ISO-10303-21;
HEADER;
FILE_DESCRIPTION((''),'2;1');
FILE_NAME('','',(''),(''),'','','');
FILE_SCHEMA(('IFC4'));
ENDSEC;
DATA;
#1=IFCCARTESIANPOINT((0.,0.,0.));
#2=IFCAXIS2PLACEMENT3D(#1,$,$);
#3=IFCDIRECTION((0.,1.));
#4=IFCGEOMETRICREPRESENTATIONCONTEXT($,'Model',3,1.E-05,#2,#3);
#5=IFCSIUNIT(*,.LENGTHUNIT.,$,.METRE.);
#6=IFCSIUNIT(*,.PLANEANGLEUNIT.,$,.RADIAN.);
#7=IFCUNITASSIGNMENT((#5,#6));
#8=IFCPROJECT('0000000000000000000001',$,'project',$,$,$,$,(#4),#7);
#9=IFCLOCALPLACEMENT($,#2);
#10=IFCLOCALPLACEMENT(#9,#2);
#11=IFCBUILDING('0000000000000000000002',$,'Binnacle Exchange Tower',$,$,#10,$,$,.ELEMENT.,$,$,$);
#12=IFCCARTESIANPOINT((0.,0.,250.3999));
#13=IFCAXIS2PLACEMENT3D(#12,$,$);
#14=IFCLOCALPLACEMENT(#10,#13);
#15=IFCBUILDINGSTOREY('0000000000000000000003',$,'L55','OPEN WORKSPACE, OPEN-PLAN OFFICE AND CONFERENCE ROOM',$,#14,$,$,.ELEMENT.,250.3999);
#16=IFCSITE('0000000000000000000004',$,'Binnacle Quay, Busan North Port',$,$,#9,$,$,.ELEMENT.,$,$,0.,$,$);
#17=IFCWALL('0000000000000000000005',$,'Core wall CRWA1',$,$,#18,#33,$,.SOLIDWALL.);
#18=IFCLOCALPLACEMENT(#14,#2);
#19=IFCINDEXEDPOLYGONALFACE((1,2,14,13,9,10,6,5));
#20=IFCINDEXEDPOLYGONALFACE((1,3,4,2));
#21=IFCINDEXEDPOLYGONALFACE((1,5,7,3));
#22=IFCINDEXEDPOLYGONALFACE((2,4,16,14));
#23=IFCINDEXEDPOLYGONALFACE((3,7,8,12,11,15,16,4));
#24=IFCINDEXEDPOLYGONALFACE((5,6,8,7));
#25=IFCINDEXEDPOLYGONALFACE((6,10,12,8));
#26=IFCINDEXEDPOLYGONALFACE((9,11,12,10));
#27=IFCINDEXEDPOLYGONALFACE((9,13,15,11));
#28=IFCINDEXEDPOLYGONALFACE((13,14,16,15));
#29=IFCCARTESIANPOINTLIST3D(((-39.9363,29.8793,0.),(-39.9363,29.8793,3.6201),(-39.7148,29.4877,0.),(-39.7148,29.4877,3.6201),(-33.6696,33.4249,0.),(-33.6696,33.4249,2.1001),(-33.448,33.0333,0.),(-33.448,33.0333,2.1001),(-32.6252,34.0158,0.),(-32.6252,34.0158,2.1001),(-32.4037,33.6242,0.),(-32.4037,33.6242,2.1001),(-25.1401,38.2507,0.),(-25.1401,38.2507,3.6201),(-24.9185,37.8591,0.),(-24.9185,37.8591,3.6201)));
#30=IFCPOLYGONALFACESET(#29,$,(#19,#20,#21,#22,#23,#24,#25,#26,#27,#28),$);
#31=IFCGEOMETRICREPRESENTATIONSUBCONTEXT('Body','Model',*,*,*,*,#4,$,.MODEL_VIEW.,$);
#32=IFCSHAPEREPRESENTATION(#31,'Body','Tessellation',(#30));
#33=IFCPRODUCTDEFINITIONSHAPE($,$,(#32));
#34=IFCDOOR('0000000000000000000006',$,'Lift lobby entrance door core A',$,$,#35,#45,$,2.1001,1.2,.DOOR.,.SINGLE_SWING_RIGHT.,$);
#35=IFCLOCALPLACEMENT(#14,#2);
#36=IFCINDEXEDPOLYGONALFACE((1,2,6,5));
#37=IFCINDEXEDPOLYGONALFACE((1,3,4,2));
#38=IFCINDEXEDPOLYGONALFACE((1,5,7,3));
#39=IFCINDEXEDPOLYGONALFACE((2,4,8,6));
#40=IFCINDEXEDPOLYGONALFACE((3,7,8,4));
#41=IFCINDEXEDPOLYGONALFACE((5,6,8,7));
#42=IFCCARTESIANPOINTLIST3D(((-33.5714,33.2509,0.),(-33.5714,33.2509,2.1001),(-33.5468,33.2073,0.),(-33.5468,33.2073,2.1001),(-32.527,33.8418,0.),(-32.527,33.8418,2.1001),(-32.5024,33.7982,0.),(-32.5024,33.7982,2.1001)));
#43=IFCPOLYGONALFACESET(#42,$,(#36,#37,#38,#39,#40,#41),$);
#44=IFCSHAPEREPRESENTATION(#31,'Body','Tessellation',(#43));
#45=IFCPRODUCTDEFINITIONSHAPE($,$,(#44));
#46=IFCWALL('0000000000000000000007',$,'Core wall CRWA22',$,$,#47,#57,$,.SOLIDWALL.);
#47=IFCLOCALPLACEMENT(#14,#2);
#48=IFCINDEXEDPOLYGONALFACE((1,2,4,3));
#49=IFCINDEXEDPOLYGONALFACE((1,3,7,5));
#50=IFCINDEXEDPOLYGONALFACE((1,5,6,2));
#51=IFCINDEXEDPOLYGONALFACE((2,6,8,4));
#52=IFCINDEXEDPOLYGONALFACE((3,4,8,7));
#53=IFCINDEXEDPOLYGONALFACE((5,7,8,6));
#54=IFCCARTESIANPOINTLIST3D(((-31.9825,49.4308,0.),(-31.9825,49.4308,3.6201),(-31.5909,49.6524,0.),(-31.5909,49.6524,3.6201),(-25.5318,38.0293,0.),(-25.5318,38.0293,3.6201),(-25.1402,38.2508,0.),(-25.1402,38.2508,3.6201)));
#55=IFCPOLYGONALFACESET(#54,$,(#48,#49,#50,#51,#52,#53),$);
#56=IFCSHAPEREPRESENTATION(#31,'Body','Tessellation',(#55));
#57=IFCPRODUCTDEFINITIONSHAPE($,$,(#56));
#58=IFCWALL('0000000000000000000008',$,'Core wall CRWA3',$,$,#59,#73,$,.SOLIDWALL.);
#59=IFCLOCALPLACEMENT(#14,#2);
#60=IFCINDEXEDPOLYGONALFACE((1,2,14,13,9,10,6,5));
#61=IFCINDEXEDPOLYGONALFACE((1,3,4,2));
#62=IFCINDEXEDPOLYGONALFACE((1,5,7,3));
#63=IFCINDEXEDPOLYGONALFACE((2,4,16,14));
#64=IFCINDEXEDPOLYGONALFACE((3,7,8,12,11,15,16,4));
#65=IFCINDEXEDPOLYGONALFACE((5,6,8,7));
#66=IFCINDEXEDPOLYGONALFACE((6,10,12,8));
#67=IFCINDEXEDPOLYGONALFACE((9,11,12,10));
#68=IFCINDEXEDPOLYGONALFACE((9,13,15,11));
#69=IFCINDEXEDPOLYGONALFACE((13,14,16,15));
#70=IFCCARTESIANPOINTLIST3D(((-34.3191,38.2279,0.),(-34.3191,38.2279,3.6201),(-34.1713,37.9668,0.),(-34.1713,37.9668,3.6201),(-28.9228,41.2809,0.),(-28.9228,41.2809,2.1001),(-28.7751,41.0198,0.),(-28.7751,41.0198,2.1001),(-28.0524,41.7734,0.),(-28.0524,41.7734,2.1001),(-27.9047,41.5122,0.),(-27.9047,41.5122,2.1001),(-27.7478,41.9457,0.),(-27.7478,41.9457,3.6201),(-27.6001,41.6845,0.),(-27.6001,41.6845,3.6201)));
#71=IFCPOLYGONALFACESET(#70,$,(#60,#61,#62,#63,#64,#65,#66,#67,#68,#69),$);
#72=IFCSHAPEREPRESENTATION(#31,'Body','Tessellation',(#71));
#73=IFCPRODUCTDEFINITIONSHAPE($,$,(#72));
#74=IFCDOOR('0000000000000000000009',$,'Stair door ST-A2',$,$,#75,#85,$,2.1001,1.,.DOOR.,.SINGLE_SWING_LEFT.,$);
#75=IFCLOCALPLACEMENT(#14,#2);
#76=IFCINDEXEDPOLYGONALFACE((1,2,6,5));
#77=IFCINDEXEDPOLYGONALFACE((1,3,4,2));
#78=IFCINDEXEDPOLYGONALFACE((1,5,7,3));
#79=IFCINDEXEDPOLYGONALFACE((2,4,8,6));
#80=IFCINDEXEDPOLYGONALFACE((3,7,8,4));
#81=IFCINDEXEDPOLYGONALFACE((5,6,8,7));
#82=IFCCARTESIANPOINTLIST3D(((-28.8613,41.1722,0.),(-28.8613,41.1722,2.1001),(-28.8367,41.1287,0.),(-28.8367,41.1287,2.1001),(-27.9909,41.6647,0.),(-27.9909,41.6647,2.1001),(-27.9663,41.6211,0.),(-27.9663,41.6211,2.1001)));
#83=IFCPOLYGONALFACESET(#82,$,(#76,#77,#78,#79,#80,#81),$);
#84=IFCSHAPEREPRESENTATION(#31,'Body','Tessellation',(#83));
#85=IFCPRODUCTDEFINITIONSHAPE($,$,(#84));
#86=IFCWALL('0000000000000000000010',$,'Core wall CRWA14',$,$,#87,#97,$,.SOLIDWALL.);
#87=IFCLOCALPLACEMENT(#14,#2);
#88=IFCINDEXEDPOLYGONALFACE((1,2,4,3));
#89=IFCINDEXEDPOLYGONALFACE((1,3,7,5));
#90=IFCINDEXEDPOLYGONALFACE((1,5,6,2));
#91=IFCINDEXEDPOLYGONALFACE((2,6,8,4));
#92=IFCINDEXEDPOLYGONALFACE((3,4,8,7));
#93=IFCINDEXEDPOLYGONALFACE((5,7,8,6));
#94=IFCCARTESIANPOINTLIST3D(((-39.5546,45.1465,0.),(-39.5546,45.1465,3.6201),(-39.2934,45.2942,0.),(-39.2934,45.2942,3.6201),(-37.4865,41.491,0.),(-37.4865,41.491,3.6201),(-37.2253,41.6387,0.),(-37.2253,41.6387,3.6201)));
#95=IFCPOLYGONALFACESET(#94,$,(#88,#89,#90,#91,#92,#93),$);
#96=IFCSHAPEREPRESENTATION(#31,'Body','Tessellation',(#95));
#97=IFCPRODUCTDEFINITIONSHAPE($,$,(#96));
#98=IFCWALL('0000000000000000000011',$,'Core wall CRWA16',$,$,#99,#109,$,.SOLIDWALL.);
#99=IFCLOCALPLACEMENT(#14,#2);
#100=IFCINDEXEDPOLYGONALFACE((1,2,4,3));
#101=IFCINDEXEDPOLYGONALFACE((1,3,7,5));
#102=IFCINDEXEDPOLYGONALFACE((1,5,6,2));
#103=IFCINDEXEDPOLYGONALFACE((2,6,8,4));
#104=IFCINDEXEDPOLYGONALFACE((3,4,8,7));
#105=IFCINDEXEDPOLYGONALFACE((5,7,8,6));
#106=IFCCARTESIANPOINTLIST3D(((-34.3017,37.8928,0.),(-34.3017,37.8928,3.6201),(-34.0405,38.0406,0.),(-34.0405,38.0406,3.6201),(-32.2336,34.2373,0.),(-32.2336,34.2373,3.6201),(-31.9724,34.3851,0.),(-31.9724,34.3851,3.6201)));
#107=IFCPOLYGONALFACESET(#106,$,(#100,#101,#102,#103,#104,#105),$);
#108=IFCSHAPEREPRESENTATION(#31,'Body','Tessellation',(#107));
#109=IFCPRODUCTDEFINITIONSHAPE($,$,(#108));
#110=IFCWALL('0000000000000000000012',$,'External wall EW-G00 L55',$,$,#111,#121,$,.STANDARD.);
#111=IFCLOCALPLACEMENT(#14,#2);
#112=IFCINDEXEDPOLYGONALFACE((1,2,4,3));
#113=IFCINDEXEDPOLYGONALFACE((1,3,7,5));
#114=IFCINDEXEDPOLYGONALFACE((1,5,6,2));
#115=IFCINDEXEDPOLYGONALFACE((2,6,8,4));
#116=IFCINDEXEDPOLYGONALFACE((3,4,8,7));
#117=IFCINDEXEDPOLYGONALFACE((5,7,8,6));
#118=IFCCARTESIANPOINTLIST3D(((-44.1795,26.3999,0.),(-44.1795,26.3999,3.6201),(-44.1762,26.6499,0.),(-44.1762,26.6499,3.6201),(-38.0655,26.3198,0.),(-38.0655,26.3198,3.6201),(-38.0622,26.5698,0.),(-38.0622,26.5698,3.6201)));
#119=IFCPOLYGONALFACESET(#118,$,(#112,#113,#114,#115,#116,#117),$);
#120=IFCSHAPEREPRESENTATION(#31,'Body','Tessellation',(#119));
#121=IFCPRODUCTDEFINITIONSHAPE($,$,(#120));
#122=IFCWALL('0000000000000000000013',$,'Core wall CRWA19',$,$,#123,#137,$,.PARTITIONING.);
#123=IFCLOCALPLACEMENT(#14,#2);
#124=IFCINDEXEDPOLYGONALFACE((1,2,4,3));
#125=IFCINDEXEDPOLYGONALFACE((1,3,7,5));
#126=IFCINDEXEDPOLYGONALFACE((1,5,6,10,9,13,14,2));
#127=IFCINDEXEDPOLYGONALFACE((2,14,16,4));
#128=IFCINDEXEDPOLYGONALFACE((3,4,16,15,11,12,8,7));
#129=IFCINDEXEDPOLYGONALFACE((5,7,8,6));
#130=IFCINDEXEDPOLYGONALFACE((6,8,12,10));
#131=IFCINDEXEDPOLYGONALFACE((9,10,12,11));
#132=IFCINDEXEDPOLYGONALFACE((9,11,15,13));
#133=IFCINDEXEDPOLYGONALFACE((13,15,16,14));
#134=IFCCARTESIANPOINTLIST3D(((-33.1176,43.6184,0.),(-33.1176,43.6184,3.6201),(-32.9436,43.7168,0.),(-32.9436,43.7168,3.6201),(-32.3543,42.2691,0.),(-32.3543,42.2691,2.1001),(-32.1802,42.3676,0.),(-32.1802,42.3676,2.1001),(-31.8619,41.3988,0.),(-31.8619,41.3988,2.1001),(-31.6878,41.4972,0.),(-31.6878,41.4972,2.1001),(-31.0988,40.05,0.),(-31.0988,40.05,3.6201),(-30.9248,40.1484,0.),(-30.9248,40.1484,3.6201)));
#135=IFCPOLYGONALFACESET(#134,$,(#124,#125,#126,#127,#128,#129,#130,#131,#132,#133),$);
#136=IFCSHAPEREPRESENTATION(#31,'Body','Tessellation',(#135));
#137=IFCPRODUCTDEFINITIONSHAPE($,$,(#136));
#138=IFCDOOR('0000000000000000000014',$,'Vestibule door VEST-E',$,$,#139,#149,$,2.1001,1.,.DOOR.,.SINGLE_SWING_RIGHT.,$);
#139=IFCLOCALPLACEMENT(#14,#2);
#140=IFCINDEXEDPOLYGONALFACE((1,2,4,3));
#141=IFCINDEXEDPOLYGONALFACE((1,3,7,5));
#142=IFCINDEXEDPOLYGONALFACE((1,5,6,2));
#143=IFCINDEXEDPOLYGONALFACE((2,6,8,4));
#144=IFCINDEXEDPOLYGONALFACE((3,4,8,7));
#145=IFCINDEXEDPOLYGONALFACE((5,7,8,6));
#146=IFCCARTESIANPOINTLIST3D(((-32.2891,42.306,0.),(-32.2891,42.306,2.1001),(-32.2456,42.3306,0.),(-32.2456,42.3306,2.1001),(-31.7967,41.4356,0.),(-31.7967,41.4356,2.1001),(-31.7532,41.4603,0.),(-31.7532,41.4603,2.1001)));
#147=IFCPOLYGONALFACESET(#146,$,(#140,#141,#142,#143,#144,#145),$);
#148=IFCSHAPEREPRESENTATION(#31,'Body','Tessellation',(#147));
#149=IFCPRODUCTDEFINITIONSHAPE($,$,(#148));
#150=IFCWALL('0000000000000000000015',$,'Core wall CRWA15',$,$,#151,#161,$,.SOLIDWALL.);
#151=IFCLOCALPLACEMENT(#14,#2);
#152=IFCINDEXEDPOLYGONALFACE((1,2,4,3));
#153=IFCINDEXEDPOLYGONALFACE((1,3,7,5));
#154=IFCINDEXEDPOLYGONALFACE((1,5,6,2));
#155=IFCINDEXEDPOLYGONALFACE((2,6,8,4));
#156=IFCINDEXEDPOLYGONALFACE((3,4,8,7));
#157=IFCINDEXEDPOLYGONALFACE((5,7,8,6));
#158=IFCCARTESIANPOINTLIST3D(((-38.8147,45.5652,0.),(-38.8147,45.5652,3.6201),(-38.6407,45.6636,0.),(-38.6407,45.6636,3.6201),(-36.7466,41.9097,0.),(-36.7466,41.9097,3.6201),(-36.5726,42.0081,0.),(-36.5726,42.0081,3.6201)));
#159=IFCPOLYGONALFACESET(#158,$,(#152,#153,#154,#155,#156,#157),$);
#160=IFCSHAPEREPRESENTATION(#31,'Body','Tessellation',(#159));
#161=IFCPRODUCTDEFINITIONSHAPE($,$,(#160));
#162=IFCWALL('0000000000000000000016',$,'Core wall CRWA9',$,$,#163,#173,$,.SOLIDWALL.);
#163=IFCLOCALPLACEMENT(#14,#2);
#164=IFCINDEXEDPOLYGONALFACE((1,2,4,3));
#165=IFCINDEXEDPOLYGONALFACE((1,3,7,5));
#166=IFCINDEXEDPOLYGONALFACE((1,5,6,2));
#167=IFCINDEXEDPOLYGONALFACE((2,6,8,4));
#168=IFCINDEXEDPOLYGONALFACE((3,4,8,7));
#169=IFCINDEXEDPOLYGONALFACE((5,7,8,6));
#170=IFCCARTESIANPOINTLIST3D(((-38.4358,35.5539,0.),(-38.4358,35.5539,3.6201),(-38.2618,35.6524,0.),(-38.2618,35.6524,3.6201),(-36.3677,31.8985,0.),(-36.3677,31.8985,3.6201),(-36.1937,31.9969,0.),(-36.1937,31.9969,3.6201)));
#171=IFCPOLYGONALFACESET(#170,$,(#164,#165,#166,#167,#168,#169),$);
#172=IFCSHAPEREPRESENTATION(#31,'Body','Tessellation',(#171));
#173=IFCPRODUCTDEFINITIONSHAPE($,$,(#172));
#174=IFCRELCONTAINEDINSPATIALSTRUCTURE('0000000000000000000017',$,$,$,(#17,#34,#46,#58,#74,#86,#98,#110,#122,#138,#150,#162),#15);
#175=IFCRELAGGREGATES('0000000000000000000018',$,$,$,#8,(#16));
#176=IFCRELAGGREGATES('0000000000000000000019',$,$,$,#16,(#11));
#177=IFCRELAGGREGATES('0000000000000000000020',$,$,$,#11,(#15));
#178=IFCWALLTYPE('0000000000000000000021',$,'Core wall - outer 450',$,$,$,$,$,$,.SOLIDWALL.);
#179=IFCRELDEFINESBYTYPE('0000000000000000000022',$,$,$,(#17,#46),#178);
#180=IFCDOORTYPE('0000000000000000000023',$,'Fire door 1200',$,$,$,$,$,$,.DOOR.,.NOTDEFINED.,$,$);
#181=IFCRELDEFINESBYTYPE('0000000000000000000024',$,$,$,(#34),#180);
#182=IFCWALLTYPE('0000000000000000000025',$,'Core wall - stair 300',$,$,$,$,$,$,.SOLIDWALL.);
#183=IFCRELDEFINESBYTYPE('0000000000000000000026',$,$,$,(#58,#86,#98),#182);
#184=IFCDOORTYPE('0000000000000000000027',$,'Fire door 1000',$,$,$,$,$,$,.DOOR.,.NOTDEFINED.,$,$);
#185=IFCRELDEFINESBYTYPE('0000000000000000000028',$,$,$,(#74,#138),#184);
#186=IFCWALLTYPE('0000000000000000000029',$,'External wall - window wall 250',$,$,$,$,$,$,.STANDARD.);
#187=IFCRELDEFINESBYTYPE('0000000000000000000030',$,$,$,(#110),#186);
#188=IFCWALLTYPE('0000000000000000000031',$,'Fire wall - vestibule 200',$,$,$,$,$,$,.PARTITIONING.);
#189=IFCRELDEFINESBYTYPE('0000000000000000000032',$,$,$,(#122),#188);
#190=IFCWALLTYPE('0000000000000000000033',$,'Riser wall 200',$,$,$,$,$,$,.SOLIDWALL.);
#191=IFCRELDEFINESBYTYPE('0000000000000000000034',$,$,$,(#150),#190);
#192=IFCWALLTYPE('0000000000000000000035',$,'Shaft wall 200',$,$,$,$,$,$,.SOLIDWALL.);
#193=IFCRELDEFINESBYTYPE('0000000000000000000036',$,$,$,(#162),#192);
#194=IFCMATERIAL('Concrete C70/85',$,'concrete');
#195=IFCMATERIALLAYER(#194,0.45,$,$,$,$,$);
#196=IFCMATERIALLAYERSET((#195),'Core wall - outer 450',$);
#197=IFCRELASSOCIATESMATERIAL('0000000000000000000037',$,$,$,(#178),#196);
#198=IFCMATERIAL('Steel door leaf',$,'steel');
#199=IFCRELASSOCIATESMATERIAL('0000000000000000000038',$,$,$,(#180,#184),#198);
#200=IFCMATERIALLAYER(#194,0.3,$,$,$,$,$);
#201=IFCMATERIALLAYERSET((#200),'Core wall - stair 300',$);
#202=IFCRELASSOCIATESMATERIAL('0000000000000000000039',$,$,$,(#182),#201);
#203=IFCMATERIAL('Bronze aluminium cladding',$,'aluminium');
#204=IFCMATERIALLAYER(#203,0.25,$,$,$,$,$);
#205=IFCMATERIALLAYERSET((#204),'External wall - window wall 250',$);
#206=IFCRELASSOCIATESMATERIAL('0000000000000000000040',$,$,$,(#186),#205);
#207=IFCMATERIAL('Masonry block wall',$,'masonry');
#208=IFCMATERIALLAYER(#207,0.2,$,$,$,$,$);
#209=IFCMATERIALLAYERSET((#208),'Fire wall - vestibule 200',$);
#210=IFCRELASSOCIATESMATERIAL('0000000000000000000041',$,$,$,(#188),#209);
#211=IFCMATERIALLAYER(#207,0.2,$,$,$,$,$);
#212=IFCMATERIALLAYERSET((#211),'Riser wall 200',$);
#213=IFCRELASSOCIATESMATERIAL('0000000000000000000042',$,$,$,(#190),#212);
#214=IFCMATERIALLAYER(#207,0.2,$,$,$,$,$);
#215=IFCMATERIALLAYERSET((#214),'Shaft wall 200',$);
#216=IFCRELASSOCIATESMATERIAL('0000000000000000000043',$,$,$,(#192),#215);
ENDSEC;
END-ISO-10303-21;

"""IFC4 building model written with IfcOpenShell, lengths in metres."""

from ifc_helpers import new_model, si_unit, direction, frame, frame_2d, origin, place, context, subcontext, project, spatial, rectangle, extrude, material, layer, layer_set, type_object, element, fill, save


model = new_model("IFC4")

# Units and contexts
model_context = context("Model", 3, precision=1e-05, world=origin(), true_north=direction((0.0, 1.0)))
body_context = subcontext(model_context, "Body", "Model", "MODEL_VIEW")
ifc_project = project(units=[si_unit("LENGTHUNIT", "METRE"), si_unit("PLANEANGLEUNIT", "RADIAN")], contexts=[model_context])

# Site, building, storey
site_placement = place(None, origin())
site = spatial("IfcSite", under=ifc_project, at=site_placement, Name="Binnacle Quay, Busan North Port", CompositionType="ELEMENT", RefElevation=0.0)
building_placement = place(site_placement, origin())
building = spatial("IfcBuilding", under=site, at=building_placement, Name="Binnacle Exchange Tower", CompositionType="ELEMENT")
storey_placement = place(building_placement, frame((0.0, 0.0, 250.3999)))
storey = spatial("IfcBuildingStorey", under=building, at=storey_placement, Name="L55", Description="OPEN WORKSPACE, OPEN-PLAN OFFICE AND CONFERENCE ROOM", CompositionType="ELEMENT", Elevation=250.3999)

# Shared definitions
ifc_material_1 = material(Name="Concrete C70/85", Category="concrete")
ifc_material_2 = material(Name="Steel door leaf", Category="steel")

# Wall, opening, door
ifc_layer_1 = layer(ifc_material_1, 0.45)
ifc_layer_set_1 = layer_set([ifc_layer_1], Name="Core wall - outer 450")
wall_type_1 = type_object("IfcWallType", Name="Core wall - outer 450", PredefinedType="SOLIDWALL", material=ifc_layer_set_1)
wall_1_placement = place(storey_placement, frame((-39.8254, 29.6836, 0.0), z_axis=(0.0, 0.0, 1.0), x_axis=(0.870354, 0.492427, 0.0)))
wall_1 = element("IfcWall", 1, at=wall_1_placement, inside=storey, type_object=wall_type_1, Name="Core wall CRWA1", PredefinedType="SOLIDWALL", context=body_context, shape_type="SweptSolid", body=[
    extrude(rectangle(XDim=17.0002, YDim=0.45, at=frame_2d((8.5, 0.0))), origin(), (0.0, 0.0, 1.0), 3.6201),
])
opening_1_placement = place(wall_1_placement, frame((7.2, 0.0, 0.0)))
opening_1 = element("IfcOpeningElement", 2, at=opening_1_placement, cuts=wall_1, PredefinedType="OPENING", context=body_context, shape_type="SweptSolid", body=[
    extrude(rectangle(XDim=1.2, YDim=2.1001, at=frame_2d((0.6001, 1.05))), frame((0.0, 0.2349, 0.0), z_axis=(0.0, -1.0, 0.0), x_axis=(1.0, 0.0, 0.0)), (0.0, 0.0, 1.0), 0.47),
])
door_type_1 = type_object("IfcDoorType", Name="Fire door 1200", OperationType="NOTDEFINED", PredefinedType="DOOR", material=ifc_material_2)
door_1_placement = place(opening_1_placement, frame((1.2, 0.0, 0.0), z_axis=(0.0, 0.0, 1.0), x_axis=(-1.0, 0.0, 0.0)))
door_1 = element("IfcDoor", 3, at=door_1_placement, inside=storey, type_object=door_type_1, Name="Lift lobby entrance door core A", OperationType="SINGLE_SWING_RIGHT", OverallHeight=2.1001, OverallWidth=1.2, PredefinedType="DOOR", context=body_context, shape_type="SweptSolid", body=[
    extrude(rectangle(XDim=1.2, YDim=2.1001, at=frame_2d((0.6001, 1.05))), frame((0.0, 0.0249, 0.0), z_axis=(0.0, -1.0, 0.0), x_axis=(1.0, 0.0, 0.0)), (0.0, 0.0, 1.0), 0.05),
])
fill(opening_1, door_1)

# Wall
wall_2_placement = place(storey_placement, frame((-31.7866, 49.5415, 0.0), z_axis=(0.0, 0.0, 1.0), x_axis=(0.492421, -0.870357, 0.0)))
element("IfcWall", 4, at=wall_2_placement, inside=storey, type_object=wall_type_1, Name="Core wall CRWA22", PredefinedType="SOLIDWALL", context=body_context, shape_type="SweptSolid", body=[
    extrude(rectangle(XDim=13.0999, YDim=0.45, at=frame_2d((6.5498, 0.0))), origin(), (0.0, 0.0, 1.0), 3.6201),
])

# Wall, opening, door
ifc_layer_2 = layer(ifc_material_1, 0.3)
ifc_layer_set_2 = layer_set([ifc_layer_2], Name="Core wall - stair 300")
wall_type_2 = type_object("IfcWallType", Name="Core wall - stair 300", PredefinedType="SOLIDWALL", material=ifc_layer_set_2)
wall_3_placement = place(storey_placement, frame((-34.2451, 38.0974, 0.0), z_axis=(0.0, 0.0, 1.0), x_axis=(0.87036, 0.492415, 0.0)))
wall_3 = element("IfcWall", 5, at=wall_3_placement, inside=storey, type_object=wall_type_2, Name="Core wall CRWA3", PredefinedType="SOLIDWALL", context=body_context, shape_type="SweptSolid", body=[
    extrude(rectangle(XDim=7.55, YDim=0.3, at=frame_2d((3.7749, 0.0))), origin(), (0.0, 0.0, 1.0), 3.6201),
])
opening_2_placement = place(wall_3_placement, frame((6.2, 0.0, 0.0)))
opening_2 = element("IfcOpeningElement", 6, at=opening_2_placement, cuts=wall_3, PredefinedType="OPENING", context=body_context, shape_type="SweptSolid", body=[
    extrude(rectangle(XDim=1.0, YDim=2.1001, at=frame_2d((0.5, 1.05))), frame((0.0, 0.1599, 0.0), z_axis=(0.0, -1.0, 0.0), x_axis=(1.0, 0.0, 0.0)), (0.0, 0.0, 1.0), 0.3201),
])
door_type_2 = type_object("IfcDoorType", Name="Fire door 1000", OperationType="NOTDEFINED", PredefinedType="DOOR", material=ifc_material_2)
door_2_placement = place(opening_2_placement, frame((1.0, 0.0, 0.0), z_axis=(0.0, 0.0, 1.0), x_axis=(-1.0, 0.0, 0.0)))
door_2 = element("IfcDoor", 7, at=door_2_placement, inside=storey, type_object=door_type_2, Name="Stair door ST-A2", OperationType="SINGLE_SWING_LEFT", OverallHeight=2.1001, OverallWidth=1.0, PredefinedType="DOOR", context=body_context, shape_type="SweptSolid", body=[
    extrude(rectangle(XDim=1.0, YDim=2.1001, at=frame_2d((0.5, 1.05))), frame((0.0, 0.0249, 0.0), z_axis=(0.0, -1.0, 0.0), x_axis=(1.0, 0.0, 0.0)), (0.0, 0.0, 1.0), 0.05),
])
fill(opening_2, door_2)

# Walls
for number, where, z_axis, x_axis, name in (
    (8, (-39.4241, 45.2205, 0.0), (0.0, 0.0, 1.0), (0.49241, -0.870364, 0.0), "Core wall CRWA14"),
    (9, (-34.1711, 37.9668, 0.0), (0.0, 0.0, 1.0), (0.49241, -0.870364, 0.0), "Core wall CRWA16"),
):
    element("IfcWall", number, at=place(storey_placement, frame(where, z_axis=z_axis, x_axis=x_axis)), inside=storey, type_object=wall_type_2, Name=name, PredefinedType="SOLIDWALL", context=body_context, shape_type="SweptSolid", body=[
        extrude(rectangle(XDim=4.2, YDim=0.3, at=frame_2d((2.1001, 0.0))), origin(), (0.0, 0.0, 1.0), 3.6201),
    ])
ifc_material_3 = material(Name="Bronze aluminium cladding", Category="aluminium")
ifc_layer_3 = layer(ifc_material_3, 0.25)
ifc_layer_set_3 = layer_set([ifc_layer_3], Name="External wall - window wall 250")
wall_type_3 = type_object("IfcWallType", Name="External wall - window wall 250", PredefinedType="STANDARD", material=ifc_layer_set_3)
wall_4_placement = place(storey_placement, frame((-38.064, 26.4448, 0.0), z_axis=(0.0, 0.0, 1.0), x_axis=(-0.999914, 0.013096, 0.0)))
element("IfcWall", 10, at=wall_4_placement, inside=storey, type_object=wall_type_3, Name="External wall EW-G00 L55", PredefinedType="STANDARD", context=body_context, shape_type="SweptSolid", body=[
    extrude(rectangle(XDim=6.1145, YDim=0.25, at=frame_2d((3.0571, 0.0))), origin(), (0.0, 0.0, 1.0), 3.6201),
])

# Wall, opening, door
ifc_material_4 = material(Name="Masonry block wall", Category="masonry")
ifc_layer_4 = layer(ifc_material_4, 0.2)
ifc_layer_set_4 = layer_set([ifc_layer_4], Name="Fire wall - vestibule 200")
wall_type_4 = type_object("IfcWallType", Name="Fire wall - vestibule 200", PredefinedType="PARTITIONING", material=ifc_layer_set_4)
wall_5_placement = place(storey_placement, frame((-33.0305, 43.6675, 0.0), z_axis=(0.0, 0.0, 1.0), x_axis=(0.492408, -0.870364, 0.0)))
wall_5 = element("IfcWall", 11, at=wall_5_placement, inside=storey, type_object=wall_type_4, Name="Core wall CRWA19", PredefinedType="PARTITIONING", context=body_context, shape_type="SweptSolid", body=[
    extrude(rectangle(XDim=4.0999, YDim=0.2, at=frame_2d((2.0498, 0.0))), origin(), (0.0, 0.0, 1.0), 3.6201),
])
opening_3_placement = place(wall_5_placement, frame((1.55, 0.0, 0.0)))
opening_3 = element("IfcOpeningElement", 12, at=opening_3_placement, cuts=wall_5, PredefinedType="OPENING", context=body_context, shape_type="SweptSolid", body=[
    extrude(rectangle(XDim=1.0, YDim=2.1001, at=frame_2d((0.5, 1.05))), frame((0.0, 0.1099, 0.0), z_axis=(0.0, -1.0, 0.0), x_axis=(1.0, 0.0, 0.0)), (0.0, 0.0, 1.0), 0.22),
])
door_3_placement = place(opening_3_placement, origin())
door_3 = element("IfcDoor", 13, at=door_3_placement, inside=storey, type_object=door_type_2, Name="Vestibule door VEST-E", OperationType="SINGLE_SWING_RIGHT", OverallHeight=2.1001, OverallWidth=1.0, PredefinedType="DOOR", context=body_context, shape_type="SweptSolid", body=[
    extrude(rectangle(XDim=1.0, YDim=2.1001, at=frame_2d((0.5, 1.05))), frame((0.0, 0.0249, 0.0), z_axis=(0.0, -1.0, 0.0), x_axis=(1.0, 0.0, 0.0)), (0.0, 0.0, 1.0), 0.05),
])
fill(opening_3, door_3)

# Walls
ifc_layer_5 = layer(ifc_material_4, 0.2)
ifc_layer_set_5 = layer_set([ifc_layer_5], Name="Riser wall 200")
wall_type_5 = type_object("IfcWallType", Name="Riser wall 200", PredefinedType="SOLIDWALL", material=ifc_layer_set_5)
wall_6_placement = place(storey_placement, frame((-38.7278, 45.6145, 0.0), z_axis=(0.0, 0.0, 1.0), x_axis=(0.49241, -0.870364, 0.0)))
element("IfcWall", 14, at=wall_6_placement, inside=storey, type_object=wall_type_5, Name="Core wall CRWA15", PredefinedType="SOLIDWALL", context=body_context, shape_type="SweptSolid", body=[
    extrude(rectangle(XDim=4.2, YDim=0.2, at=frame_2d((2.1001, 0.0))), origin(), (0.0, 0.0, 1.0), 3.6201),
])
ifc_layer_6 = layer(ifc_material_4, 0.2)
ifc_layer_set_6 = layer_set([ifc_layer_6], Name="Shaft wall 200")
wall_type_6 = type_object("IfcWallType", Name="Shaft wall 200", PredefinedType="SOLIDWALL", material=ifc_layer_set_6)
for number, where, z_axis, x_axis, name in (
    (15, (-38.3489, 35.6033, 0.0), (0.0, 0.0, 1.0), (0.49241, -0.870364, 0.0), "Core wall CRWA9"),
):
    element("IfcWall", number, at=place(storey_placement, frame(where, z_axis=z_axis, x_axis=x_axis)), inside=storey, type_object=wall_type_6, Name=name, PredefinedType="SOLIDWALL", context=body_context, shape_type="SweptSolid", body=[
        extrude(rectangle(XDim=4.2, YDim=0.2, at=frame_2d((2.1001, 0.0))), origin(), (0.0, 0.0, 1.0), 3.6201),
    ])

save(model, "model.ifc")
